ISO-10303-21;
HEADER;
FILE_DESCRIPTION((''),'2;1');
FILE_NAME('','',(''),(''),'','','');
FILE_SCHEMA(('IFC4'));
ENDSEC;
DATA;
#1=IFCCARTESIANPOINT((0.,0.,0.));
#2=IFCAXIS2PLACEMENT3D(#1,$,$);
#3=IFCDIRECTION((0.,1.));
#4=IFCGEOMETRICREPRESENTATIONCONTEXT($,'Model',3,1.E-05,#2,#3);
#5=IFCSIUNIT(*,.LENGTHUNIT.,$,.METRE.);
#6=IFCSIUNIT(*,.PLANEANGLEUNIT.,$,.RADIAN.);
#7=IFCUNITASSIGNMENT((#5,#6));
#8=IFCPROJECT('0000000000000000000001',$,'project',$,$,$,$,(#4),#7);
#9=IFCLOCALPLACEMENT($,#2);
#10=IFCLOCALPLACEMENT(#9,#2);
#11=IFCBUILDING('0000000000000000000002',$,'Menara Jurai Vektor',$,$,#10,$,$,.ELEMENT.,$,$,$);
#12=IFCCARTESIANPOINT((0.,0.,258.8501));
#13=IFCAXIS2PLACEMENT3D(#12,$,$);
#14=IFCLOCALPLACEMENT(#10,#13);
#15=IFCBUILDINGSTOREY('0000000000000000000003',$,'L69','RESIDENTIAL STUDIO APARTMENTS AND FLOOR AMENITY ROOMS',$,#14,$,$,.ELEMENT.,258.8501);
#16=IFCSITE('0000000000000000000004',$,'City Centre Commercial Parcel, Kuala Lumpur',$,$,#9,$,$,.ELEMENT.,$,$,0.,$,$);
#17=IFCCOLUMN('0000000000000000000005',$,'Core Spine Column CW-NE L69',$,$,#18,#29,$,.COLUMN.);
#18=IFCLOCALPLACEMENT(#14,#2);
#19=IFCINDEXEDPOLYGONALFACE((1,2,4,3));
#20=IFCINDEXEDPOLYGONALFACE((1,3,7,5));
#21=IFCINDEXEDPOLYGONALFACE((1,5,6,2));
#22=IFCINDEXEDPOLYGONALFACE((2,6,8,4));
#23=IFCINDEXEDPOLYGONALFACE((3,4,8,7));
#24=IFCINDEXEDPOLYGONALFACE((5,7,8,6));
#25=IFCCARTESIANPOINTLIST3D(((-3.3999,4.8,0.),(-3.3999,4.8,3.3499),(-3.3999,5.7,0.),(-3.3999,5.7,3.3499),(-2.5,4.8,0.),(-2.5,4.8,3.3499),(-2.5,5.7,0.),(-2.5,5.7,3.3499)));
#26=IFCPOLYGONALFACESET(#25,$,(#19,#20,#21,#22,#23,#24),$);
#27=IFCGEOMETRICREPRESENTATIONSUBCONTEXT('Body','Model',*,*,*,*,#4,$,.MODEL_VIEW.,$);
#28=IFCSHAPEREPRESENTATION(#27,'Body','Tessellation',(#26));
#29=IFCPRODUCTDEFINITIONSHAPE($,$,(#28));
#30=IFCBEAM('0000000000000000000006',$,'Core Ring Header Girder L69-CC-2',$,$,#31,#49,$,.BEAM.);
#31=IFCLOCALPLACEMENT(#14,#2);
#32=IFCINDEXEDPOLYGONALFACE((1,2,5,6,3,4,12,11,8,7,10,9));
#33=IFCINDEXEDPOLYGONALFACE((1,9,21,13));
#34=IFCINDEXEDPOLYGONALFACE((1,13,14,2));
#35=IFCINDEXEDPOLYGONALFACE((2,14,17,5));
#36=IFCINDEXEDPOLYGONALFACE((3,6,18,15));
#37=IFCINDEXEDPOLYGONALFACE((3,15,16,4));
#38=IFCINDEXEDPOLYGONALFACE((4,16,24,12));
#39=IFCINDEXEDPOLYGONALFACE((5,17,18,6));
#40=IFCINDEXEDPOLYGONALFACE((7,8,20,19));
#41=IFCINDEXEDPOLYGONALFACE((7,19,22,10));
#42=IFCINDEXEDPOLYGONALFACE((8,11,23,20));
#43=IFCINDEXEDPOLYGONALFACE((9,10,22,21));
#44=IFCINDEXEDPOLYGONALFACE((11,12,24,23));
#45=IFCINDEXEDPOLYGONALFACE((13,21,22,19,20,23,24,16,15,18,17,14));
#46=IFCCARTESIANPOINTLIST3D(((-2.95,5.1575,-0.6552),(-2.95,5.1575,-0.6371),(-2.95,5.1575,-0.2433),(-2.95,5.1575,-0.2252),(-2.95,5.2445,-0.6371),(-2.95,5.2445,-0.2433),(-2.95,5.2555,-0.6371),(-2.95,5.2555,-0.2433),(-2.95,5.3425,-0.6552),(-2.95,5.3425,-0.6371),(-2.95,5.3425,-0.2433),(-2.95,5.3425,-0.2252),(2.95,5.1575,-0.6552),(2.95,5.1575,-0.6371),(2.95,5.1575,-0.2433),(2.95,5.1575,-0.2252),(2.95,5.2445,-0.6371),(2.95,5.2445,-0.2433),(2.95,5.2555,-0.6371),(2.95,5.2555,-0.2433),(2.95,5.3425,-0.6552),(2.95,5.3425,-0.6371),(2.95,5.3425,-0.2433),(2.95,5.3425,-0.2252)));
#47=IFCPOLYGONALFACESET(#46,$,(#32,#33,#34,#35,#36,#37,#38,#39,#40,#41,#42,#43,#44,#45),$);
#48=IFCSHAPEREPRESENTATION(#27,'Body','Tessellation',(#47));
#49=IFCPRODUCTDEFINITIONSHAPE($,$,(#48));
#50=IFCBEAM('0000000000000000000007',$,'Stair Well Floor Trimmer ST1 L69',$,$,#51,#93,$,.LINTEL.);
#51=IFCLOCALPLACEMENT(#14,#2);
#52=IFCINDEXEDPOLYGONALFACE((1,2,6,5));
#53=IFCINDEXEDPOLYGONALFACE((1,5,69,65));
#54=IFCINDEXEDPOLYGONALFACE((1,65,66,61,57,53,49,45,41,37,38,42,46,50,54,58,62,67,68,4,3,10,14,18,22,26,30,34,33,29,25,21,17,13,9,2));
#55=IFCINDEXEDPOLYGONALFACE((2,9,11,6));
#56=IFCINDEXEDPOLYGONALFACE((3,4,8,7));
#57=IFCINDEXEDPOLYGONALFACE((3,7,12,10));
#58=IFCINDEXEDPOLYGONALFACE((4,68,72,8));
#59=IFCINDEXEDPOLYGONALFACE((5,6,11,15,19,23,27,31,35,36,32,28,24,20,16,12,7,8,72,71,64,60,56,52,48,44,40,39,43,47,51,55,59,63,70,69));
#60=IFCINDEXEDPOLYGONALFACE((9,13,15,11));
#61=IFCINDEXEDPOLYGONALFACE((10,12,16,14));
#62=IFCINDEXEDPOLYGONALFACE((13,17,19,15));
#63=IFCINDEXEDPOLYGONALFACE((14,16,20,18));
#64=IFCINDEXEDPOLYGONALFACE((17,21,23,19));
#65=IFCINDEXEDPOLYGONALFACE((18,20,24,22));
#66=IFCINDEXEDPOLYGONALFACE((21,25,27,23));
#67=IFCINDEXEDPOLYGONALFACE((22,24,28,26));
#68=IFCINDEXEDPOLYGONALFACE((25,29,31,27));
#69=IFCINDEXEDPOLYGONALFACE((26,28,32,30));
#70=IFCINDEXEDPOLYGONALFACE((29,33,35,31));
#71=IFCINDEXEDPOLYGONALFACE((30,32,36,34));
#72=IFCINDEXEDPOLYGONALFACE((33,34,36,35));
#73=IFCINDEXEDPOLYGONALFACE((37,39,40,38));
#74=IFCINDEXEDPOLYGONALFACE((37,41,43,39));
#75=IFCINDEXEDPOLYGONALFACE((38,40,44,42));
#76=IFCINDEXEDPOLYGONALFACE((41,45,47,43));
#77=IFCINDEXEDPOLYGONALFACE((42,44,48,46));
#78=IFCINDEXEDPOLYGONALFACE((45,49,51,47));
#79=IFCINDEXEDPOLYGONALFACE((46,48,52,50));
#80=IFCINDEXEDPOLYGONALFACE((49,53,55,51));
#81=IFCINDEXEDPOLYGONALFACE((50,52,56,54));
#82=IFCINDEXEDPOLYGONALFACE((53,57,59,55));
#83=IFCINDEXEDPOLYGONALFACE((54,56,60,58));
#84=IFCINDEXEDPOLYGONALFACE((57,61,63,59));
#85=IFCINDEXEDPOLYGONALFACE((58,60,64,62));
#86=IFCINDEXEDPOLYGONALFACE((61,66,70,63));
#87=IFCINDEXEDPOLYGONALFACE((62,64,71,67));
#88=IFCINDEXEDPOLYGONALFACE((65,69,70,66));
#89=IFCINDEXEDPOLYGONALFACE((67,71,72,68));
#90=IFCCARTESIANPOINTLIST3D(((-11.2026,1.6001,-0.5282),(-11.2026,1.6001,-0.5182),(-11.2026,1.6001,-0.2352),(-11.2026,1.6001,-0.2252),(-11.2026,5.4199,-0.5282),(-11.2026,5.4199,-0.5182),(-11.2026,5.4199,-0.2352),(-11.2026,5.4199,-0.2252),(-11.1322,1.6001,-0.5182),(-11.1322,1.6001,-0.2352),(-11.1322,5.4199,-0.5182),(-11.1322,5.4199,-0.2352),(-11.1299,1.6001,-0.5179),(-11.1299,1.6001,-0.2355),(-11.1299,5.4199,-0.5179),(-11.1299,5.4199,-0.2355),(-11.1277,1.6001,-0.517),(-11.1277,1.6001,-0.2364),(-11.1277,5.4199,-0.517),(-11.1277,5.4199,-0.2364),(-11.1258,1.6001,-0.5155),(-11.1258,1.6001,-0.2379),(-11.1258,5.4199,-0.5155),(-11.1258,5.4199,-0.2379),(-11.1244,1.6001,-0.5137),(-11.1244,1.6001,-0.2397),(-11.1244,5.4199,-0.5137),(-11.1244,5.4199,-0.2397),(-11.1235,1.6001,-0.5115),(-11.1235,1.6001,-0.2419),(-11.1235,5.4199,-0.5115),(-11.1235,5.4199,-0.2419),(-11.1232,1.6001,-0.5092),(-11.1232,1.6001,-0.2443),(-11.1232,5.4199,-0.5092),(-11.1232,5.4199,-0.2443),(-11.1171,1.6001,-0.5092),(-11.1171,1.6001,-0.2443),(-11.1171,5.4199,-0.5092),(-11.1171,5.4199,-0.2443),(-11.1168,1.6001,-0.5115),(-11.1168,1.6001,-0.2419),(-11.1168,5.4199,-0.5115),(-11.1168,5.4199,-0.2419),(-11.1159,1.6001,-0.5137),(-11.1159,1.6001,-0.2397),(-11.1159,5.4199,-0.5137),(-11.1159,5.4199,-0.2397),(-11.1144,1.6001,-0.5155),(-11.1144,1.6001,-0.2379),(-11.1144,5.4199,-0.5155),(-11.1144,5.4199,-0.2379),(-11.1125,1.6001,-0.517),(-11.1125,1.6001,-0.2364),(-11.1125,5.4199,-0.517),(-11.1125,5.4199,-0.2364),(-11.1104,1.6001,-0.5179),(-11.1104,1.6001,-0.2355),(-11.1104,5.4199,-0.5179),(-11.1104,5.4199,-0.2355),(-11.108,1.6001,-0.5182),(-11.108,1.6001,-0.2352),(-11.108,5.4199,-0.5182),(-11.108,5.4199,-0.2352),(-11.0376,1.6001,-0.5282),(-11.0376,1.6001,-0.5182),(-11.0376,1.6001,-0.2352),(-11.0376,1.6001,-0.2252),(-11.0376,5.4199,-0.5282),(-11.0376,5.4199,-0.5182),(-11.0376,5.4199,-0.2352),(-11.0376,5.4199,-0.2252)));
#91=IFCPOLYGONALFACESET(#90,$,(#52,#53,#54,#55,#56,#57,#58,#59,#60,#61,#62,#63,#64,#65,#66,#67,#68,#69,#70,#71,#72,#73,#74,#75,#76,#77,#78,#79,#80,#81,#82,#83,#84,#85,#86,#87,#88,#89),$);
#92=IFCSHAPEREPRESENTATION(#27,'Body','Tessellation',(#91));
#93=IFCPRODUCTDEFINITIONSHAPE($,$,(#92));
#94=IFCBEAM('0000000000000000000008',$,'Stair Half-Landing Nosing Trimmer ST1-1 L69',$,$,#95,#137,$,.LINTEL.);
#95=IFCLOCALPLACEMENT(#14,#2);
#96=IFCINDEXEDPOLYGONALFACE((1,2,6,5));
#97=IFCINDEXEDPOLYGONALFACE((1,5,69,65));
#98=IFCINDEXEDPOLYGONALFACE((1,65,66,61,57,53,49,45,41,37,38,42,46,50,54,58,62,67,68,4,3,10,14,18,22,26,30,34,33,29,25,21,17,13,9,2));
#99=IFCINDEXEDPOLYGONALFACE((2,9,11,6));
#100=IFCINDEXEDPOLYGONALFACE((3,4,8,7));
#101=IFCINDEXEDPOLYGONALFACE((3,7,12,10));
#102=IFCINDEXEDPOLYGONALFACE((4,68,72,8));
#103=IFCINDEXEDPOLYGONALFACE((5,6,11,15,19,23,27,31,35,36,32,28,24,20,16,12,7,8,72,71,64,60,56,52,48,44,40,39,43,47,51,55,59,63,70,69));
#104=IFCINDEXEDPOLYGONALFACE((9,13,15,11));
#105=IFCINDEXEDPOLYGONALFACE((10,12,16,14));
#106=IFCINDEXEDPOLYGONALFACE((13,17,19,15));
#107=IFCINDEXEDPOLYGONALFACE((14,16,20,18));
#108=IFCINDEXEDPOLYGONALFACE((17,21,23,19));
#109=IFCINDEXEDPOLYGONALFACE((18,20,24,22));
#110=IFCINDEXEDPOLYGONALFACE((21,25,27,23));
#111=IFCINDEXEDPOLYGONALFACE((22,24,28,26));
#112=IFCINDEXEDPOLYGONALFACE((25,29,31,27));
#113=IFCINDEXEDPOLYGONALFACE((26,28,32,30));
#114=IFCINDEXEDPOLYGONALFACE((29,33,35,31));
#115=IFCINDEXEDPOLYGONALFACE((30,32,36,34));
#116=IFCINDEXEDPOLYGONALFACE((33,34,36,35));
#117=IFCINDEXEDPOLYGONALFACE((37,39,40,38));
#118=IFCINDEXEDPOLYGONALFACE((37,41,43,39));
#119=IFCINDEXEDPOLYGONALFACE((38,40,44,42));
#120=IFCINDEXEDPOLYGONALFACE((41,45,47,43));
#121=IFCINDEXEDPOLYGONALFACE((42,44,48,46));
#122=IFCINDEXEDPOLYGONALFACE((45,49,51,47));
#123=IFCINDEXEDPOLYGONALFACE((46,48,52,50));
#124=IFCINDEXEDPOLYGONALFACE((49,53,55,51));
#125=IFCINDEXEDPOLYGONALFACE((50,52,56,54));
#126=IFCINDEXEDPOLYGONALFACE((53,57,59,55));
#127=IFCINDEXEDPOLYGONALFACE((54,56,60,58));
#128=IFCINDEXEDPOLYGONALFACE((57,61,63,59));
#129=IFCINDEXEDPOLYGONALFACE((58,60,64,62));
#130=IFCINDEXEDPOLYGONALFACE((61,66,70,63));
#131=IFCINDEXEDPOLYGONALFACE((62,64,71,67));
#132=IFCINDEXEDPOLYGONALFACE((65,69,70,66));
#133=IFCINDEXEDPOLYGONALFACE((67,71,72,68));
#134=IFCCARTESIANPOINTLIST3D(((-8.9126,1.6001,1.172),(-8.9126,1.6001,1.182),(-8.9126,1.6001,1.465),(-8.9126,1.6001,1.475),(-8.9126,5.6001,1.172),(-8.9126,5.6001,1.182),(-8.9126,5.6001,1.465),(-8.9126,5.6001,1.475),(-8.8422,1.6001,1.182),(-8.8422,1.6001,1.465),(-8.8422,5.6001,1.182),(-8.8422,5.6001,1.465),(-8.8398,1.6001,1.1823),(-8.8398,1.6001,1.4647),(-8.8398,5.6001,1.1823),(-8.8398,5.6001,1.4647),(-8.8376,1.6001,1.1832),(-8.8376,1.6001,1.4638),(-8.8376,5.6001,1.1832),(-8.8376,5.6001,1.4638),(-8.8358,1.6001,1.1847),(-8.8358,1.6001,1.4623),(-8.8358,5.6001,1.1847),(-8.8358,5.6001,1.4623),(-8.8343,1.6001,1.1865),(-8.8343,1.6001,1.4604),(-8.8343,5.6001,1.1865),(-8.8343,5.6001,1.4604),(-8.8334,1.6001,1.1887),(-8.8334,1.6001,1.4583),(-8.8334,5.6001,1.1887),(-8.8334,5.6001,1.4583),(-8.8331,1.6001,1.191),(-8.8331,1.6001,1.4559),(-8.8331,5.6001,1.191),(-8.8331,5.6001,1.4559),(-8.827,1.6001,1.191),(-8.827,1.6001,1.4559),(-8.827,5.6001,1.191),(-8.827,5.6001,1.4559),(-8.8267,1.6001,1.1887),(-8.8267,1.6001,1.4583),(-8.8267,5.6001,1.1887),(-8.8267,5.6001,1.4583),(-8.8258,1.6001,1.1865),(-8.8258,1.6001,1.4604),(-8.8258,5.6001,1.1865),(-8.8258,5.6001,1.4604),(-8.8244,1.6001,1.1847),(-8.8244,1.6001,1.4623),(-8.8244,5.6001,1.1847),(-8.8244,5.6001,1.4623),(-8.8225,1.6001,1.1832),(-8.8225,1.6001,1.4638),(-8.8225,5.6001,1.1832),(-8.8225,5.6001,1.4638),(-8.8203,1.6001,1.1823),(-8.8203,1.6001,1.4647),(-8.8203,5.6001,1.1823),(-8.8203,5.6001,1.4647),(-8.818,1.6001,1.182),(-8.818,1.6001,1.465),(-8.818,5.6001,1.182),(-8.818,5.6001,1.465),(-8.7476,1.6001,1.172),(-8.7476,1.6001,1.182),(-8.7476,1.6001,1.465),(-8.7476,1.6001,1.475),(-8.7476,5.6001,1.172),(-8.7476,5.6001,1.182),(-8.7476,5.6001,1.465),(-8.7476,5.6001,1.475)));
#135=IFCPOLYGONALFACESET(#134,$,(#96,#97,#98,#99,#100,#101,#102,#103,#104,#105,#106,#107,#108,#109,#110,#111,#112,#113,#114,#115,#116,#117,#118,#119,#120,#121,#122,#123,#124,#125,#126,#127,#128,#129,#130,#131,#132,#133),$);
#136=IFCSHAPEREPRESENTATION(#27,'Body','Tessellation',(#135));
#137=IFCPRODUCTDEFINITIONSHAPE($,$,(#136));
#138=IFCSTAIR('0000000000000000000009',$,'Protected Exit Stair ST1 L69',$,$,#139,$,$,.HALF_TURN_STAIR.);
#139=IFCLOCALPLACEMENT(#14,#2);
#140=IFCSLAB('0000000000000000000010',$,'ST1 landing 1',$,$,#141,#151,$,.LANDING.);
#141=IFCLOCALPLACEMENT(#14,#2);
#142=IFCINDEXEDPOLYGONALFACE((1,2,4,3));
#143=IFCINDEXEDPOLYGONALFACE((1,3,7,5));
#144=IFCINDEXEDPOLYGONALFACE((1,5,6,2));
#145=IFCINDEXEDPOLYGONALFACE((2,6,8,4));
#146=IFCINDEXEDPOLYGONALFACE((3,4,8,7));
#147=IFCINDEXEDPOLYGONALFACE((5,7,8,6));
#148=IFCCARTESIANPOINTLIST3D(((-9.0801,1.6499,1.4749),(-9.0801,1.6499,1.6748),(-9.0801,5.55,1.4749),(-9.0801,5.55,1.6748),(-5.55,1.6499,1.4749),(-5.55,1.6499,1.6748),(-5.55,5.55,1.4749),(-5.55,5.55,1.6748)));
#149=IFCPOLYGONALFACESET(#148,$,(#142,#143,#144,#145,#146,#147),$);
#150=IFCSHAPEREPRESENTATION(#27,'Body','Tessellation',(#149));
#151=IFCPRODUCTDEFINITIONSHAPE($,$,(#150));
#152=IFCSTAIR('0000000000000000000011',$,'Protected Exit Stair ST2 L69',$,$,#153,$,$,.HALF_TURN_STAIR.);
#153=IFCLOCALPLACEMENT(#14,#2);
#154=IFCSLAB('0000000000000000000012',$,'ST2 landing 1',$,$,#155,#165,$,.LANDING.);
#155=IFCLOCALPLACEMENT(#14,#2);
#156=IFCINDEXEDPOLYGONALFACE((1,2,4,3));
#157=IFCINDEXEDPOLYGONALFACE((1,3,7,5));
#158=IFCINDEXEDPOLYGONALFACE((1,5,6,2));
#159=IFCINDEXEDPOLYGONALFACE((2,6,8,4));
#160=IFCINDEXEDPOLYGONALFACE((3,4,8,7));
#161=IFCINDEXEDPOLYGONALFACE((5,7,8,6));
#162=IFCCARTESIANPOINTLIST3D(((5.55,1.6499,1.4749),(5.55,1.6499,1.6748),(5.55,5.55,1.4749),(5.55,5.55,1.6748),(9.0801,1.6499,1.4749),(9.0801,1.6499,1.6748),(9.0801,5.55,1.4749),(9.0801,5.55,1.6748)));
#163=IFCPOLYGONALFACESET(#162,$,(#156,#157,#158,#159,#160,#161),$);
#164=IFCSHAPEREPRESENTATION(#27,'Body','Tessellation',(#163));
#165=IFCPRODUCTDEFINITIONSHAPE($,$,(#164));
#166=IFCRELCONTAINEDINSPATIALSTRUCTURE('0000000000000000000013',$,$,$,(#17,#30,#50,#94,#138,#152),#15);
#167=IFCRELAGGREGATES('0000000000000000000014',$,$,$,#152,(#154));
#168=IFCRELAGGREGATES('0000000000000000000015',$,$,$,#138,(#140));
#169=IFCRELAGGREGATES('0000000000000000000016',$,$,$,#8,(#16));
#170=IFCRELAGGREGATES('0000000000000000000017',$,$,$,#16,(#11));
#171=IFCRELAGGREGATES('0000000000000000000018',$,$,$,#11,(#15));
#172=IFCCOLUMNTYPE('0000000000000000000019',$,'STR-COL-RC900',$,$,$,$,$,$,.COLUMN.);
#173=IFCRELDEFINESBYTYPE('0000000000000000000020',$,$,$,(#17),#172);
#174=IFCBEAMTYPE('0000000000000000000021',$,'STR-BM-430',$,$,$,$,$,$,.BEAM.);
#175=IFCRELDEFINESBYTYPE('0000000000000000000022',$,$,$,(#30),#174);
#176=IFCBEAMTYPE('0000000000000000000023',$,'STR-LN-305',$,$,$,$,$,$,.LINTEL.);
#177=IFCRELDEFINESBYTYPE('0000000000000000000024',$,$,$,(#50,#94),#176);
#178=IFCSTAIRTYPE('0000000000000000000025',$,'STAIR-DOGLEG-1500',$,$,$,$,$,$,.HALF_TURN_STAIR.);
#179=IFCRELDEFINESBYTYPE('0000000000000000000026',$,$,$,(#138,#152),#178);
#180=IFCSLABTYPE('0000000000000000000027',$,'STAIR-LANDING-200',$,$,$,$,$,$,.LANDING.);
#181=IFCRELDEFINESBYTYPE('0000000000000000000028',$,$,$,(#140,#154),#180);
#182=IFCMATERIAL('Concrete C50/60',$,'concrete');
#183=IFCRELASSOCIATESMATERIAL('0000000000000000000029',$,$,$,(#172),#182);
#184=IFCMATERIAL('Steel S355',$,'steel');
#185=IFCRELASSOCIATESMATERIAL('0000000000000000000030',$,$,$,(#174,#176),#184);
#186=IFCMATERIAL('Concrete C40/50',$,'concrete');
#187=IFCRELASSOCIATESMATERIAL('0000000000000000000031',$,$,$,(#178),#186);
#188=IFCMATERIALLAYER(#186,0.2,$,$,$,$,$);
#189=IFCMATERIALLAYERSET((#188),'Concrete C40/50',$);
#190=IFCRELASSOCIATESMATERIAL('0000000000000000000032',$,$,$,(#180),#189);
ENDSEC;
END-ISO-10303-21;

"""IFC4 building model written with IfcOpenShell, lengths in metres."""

from ifc_helpers import new_model, si_unit, direction, frame, origin, origin_2d, place, context, subcontext, project, spatial, polyline, rectangle, i_section, outline, extrude, material, layer, layer_set, material_profile, profile_set, type_object, element, aggregate, save


model = new_model("IFC4")

# Units and contexts
model_context = context("Model", 3, precision=1e-05, world=origin(), true_north=direction((0.0, 1.0)))
body_context = subcontext(model_context, "Body", "Model", "MODEL_VIEW")
ifc_project = project(units=[si_unit("LENGTHUNIT", "METRE"), si_unit("PLANEANGLEUNIT", "RADIAN")], contexts=[model_context])

# Site, building, storey
site_placement = place(None, origin())
site = spatial("IfcSite", under=ifc_project, at=site_placement, Name="City Centre Commercial Parcel, Kuala Lumpur", CompositionType="ELEMENT", RefElevation=0.0)
building_placement = place(site_placement, origin())
building = spatial("IfcBuilding", under=site, at=building_placement, Name="Menara Jurai Vektor", CompositionType="ELEMENT")
storey_placement = place(building_placement, frame((0.0, 0.0, 258.8501)))
storey = spatial("IfcBuildingStorey", under=building, at=storey_placement, Name="L69", Description="RESIDENTIAL STUDIO APARTMENTS AND FLOOR AMENITY ROOMS", CompositionType="ELEMENT", Elevation=258.8501)

# Column
ifc_material_1 = material(Name="Concrete C50/60", Category="concrete")
ifc_material_profile_1 = material_profile(ifc_material_1, rectangle(XDim=0.8999, YDim=0.8999, at=origin_2d()), Name="RC 900x900")
ifc_profile_set_1 = profile_set([ifc_material_profile_1], Name="Concrete C50/60")
column_type = type_object("IfcColumnType", Name="STR-COL-RC900", PredefinedType="COLUMN", material=ifc_profile_set_1)
column_placement = place(storey_placement, frame((-2.95, 5.25, 0.0), z_axis=(0.0, 0.0, 1.0), x_axis=(1.0, 0.0, 0.0)))
element("IfcColumn", 1, at=column_placement, inside=storey, type_object=column_type, Name="Core Spine Column CW-NE L69", PredefinedType="COLUMN", context=body_context, shape_type="SweptSolid", body=[
    extrude(rectangle(XDim=0.8999, YDim=0.8999, at=origin_2d()), origin(), (0.0, 0.0, 1.0), 3.3499),
])

# Beams
ifc_material_2 = material(Name="Steel S355", Category="steel")
ifc_material_profile_2 = material_profile(ifc_material_2, i_section(OverallWidth=0.1851, OverallDepth=0.4299, WebThickness=0.011, FlangeThickness=0.0181, at=origin_2d()), Name="PG 430x185x76")
ifc_profile_set_2 = profile_set([ifc_material_profile_2], Name="Steel S355")
beam_type_1 = type_object("IfcBeamType", Name="STR-BM-430", PredefinedType="BEAM", material=ifc_profile_set_2)
beam_1_placement = place(storey_placement, frame((-2.95, 5.25, -0.4402), z_axis=(1.0, 0.0, 0.0), x_axis=(0.0, 1.0, 0.0)))
element("IfcBeam", 2, at=beam_1_placement, inside=storey, type_object=beam_type_1, Name="Core Ring Header Girder L69-CC-2", PredefinedType="BEAM", context=body_context, shape_type="SweptSolid", body=[
    extrude(i_section(OverallWidth=0.1851, OverallDepth=0.4299, WebThickness=0.011, FlangeThickness=0.0181, at=origin_2d()), origin(), (0.0, 0.0, 1.0), 5.8999),
])
ifc_material_profile_3 = material_profile(ifc_material_2, i_section(OverallWidth=0.165, OverallDepth=0.303, WebThickness=0.0061, FlangeThickness=0.01, FilletRadius=0.009, at=origin_2d()), Name="UKB 305x165x40")
ifc_profile_set_3 = profile_set([ifc_material_profile_3], Name="Steel S355")
beam_type_2 = type_object("IfcBeamType", Name="STR-LN-305", PredefinedType="LINTEL", material=ifc_profile_set_3)
beam_2_placement = place(storey_placement, frame((-11.1201, 1.6001, -0.3767), z_axis=(0.0, 1.0, 0.0), x_axis=(-1.0, 0.0, 0.0)))
element("IfcBeam", 3, at=beam_2_placement, inside=storey, type_object=beam_type_2, Name="Stair Well Floor Trimmer ST1 L69", PredefinedType="LINTEL", context=body_context, shape_type="SweptSolid", body=[
    extrude(i_section(OverallWidth=0.165, OverallDepth=0.303, WebThickness=0.0061, FlangeThickness=0.01, FilletRadius=0.009, at=origin_2d()), origin(), (0.0, 0.0, 1.0), 3.8198),
])
beam_3_placement = place(storey_placement, frame((-8.8301, 1.6001, 1.3235), z_axis=(0.0, 1.0, 0.0), x_axis=(-1.0, 0.0, 0.0)))
element("IfcBeam", 4, at=beam_3_placement, inside=storey, type_object=beam_type_2, Name="Stair Half-Landing Nosing Trimmer ST1-1 L69", PredefinedType="LINTEL", context=body_context, shape_type="SweptSolid", body=[
    extrude(i_section(OverallWidth=0.165, OverallDepth=0.303, WebThickness=0.0061, FlangeThickness=0.01, FilletRadius=0.009, at=origin_2d()), origin(), (0.0, 0.0, 1.0), 4.0),
])

# Stairs, slabs
ifc_material_3 = material(Name="Concrete C40/50", Category="concrete")
stair_type = type_object("IfcStairType", Name="STAIR-DOGLEG-1500", PredefinedType="HALF_TURN_STAIR", material=ifc_material_3)
stair_1_placement = place(storey_placement, origin())
stair_1 = element("IfcStair", 5, at=stair_1_placement, inside=storey, type_object=stair_type, Name="Protected Exit Stair ST1 L69", PredefinedType="HALF_TURN_STAIR")
ifc_layer_1 = layer(ifc_material_3, 0.2)
ifc_layer_set_1 = layer_set([ifc_layer_1], Name="Concrete C40/50")
slab_type_1 = type_object("IfcSlabType", Name="STAIR-LANDING-200", PredefinedType="LANDING", material=ifc_layer_set_1)
slab_1_placement = place(storey_placement, frame((0.0, 0.0, 1.4749)))
slab_1 = element("IfcSlab", 6, at=slab_1_placement, type_object=slab_type_1, Name="ST1 landing 1", PredefinedType="LANDING", context=body_context, shape_type="SweptSolid", body=[
    extrude(outline(polyline([(-9.0801, 1.6499), (-5.55, 1.6499), (-5.55, 5.55), (-9.0801, 5.55), (-9.0801, 1.6499)])), origin(), (0.0, 0.0, 1.0), 0.2),
])
stair_2_placement = place(storey_placement, origin())
stair_2 = element("IfcStair", 7, at=stair_2_placement, inside=storey, type_object=stair_type, Name="Protected Exit Stair ST2 L69", PredefinedType="HALF_TURN_STAIR")
slab_2_placement = place(storey_placement, frame((0.0, 0.0, 1.4749)))
slab_2 = element("IfcSlab", 8, at=slab_2_placement, type_object=slab_type_1, Name="ST2 landing 1", PredefinedType="LANDING", context=body_context, shape_type="SweptSolid", body=[
    extrude(outline(polyline([(5.55, 1.6499), (9.0801, 1.6499), (9.0801, 5.55), (5.55, 5.55), (5.55, 1.6499)])), origin(), (0.0, 0.0, 1.0), 0.2),
])
aggregate(stair_2, [slab_2])

aggregate(stair_1, [slab_1])

save(model, "model.ifc")
